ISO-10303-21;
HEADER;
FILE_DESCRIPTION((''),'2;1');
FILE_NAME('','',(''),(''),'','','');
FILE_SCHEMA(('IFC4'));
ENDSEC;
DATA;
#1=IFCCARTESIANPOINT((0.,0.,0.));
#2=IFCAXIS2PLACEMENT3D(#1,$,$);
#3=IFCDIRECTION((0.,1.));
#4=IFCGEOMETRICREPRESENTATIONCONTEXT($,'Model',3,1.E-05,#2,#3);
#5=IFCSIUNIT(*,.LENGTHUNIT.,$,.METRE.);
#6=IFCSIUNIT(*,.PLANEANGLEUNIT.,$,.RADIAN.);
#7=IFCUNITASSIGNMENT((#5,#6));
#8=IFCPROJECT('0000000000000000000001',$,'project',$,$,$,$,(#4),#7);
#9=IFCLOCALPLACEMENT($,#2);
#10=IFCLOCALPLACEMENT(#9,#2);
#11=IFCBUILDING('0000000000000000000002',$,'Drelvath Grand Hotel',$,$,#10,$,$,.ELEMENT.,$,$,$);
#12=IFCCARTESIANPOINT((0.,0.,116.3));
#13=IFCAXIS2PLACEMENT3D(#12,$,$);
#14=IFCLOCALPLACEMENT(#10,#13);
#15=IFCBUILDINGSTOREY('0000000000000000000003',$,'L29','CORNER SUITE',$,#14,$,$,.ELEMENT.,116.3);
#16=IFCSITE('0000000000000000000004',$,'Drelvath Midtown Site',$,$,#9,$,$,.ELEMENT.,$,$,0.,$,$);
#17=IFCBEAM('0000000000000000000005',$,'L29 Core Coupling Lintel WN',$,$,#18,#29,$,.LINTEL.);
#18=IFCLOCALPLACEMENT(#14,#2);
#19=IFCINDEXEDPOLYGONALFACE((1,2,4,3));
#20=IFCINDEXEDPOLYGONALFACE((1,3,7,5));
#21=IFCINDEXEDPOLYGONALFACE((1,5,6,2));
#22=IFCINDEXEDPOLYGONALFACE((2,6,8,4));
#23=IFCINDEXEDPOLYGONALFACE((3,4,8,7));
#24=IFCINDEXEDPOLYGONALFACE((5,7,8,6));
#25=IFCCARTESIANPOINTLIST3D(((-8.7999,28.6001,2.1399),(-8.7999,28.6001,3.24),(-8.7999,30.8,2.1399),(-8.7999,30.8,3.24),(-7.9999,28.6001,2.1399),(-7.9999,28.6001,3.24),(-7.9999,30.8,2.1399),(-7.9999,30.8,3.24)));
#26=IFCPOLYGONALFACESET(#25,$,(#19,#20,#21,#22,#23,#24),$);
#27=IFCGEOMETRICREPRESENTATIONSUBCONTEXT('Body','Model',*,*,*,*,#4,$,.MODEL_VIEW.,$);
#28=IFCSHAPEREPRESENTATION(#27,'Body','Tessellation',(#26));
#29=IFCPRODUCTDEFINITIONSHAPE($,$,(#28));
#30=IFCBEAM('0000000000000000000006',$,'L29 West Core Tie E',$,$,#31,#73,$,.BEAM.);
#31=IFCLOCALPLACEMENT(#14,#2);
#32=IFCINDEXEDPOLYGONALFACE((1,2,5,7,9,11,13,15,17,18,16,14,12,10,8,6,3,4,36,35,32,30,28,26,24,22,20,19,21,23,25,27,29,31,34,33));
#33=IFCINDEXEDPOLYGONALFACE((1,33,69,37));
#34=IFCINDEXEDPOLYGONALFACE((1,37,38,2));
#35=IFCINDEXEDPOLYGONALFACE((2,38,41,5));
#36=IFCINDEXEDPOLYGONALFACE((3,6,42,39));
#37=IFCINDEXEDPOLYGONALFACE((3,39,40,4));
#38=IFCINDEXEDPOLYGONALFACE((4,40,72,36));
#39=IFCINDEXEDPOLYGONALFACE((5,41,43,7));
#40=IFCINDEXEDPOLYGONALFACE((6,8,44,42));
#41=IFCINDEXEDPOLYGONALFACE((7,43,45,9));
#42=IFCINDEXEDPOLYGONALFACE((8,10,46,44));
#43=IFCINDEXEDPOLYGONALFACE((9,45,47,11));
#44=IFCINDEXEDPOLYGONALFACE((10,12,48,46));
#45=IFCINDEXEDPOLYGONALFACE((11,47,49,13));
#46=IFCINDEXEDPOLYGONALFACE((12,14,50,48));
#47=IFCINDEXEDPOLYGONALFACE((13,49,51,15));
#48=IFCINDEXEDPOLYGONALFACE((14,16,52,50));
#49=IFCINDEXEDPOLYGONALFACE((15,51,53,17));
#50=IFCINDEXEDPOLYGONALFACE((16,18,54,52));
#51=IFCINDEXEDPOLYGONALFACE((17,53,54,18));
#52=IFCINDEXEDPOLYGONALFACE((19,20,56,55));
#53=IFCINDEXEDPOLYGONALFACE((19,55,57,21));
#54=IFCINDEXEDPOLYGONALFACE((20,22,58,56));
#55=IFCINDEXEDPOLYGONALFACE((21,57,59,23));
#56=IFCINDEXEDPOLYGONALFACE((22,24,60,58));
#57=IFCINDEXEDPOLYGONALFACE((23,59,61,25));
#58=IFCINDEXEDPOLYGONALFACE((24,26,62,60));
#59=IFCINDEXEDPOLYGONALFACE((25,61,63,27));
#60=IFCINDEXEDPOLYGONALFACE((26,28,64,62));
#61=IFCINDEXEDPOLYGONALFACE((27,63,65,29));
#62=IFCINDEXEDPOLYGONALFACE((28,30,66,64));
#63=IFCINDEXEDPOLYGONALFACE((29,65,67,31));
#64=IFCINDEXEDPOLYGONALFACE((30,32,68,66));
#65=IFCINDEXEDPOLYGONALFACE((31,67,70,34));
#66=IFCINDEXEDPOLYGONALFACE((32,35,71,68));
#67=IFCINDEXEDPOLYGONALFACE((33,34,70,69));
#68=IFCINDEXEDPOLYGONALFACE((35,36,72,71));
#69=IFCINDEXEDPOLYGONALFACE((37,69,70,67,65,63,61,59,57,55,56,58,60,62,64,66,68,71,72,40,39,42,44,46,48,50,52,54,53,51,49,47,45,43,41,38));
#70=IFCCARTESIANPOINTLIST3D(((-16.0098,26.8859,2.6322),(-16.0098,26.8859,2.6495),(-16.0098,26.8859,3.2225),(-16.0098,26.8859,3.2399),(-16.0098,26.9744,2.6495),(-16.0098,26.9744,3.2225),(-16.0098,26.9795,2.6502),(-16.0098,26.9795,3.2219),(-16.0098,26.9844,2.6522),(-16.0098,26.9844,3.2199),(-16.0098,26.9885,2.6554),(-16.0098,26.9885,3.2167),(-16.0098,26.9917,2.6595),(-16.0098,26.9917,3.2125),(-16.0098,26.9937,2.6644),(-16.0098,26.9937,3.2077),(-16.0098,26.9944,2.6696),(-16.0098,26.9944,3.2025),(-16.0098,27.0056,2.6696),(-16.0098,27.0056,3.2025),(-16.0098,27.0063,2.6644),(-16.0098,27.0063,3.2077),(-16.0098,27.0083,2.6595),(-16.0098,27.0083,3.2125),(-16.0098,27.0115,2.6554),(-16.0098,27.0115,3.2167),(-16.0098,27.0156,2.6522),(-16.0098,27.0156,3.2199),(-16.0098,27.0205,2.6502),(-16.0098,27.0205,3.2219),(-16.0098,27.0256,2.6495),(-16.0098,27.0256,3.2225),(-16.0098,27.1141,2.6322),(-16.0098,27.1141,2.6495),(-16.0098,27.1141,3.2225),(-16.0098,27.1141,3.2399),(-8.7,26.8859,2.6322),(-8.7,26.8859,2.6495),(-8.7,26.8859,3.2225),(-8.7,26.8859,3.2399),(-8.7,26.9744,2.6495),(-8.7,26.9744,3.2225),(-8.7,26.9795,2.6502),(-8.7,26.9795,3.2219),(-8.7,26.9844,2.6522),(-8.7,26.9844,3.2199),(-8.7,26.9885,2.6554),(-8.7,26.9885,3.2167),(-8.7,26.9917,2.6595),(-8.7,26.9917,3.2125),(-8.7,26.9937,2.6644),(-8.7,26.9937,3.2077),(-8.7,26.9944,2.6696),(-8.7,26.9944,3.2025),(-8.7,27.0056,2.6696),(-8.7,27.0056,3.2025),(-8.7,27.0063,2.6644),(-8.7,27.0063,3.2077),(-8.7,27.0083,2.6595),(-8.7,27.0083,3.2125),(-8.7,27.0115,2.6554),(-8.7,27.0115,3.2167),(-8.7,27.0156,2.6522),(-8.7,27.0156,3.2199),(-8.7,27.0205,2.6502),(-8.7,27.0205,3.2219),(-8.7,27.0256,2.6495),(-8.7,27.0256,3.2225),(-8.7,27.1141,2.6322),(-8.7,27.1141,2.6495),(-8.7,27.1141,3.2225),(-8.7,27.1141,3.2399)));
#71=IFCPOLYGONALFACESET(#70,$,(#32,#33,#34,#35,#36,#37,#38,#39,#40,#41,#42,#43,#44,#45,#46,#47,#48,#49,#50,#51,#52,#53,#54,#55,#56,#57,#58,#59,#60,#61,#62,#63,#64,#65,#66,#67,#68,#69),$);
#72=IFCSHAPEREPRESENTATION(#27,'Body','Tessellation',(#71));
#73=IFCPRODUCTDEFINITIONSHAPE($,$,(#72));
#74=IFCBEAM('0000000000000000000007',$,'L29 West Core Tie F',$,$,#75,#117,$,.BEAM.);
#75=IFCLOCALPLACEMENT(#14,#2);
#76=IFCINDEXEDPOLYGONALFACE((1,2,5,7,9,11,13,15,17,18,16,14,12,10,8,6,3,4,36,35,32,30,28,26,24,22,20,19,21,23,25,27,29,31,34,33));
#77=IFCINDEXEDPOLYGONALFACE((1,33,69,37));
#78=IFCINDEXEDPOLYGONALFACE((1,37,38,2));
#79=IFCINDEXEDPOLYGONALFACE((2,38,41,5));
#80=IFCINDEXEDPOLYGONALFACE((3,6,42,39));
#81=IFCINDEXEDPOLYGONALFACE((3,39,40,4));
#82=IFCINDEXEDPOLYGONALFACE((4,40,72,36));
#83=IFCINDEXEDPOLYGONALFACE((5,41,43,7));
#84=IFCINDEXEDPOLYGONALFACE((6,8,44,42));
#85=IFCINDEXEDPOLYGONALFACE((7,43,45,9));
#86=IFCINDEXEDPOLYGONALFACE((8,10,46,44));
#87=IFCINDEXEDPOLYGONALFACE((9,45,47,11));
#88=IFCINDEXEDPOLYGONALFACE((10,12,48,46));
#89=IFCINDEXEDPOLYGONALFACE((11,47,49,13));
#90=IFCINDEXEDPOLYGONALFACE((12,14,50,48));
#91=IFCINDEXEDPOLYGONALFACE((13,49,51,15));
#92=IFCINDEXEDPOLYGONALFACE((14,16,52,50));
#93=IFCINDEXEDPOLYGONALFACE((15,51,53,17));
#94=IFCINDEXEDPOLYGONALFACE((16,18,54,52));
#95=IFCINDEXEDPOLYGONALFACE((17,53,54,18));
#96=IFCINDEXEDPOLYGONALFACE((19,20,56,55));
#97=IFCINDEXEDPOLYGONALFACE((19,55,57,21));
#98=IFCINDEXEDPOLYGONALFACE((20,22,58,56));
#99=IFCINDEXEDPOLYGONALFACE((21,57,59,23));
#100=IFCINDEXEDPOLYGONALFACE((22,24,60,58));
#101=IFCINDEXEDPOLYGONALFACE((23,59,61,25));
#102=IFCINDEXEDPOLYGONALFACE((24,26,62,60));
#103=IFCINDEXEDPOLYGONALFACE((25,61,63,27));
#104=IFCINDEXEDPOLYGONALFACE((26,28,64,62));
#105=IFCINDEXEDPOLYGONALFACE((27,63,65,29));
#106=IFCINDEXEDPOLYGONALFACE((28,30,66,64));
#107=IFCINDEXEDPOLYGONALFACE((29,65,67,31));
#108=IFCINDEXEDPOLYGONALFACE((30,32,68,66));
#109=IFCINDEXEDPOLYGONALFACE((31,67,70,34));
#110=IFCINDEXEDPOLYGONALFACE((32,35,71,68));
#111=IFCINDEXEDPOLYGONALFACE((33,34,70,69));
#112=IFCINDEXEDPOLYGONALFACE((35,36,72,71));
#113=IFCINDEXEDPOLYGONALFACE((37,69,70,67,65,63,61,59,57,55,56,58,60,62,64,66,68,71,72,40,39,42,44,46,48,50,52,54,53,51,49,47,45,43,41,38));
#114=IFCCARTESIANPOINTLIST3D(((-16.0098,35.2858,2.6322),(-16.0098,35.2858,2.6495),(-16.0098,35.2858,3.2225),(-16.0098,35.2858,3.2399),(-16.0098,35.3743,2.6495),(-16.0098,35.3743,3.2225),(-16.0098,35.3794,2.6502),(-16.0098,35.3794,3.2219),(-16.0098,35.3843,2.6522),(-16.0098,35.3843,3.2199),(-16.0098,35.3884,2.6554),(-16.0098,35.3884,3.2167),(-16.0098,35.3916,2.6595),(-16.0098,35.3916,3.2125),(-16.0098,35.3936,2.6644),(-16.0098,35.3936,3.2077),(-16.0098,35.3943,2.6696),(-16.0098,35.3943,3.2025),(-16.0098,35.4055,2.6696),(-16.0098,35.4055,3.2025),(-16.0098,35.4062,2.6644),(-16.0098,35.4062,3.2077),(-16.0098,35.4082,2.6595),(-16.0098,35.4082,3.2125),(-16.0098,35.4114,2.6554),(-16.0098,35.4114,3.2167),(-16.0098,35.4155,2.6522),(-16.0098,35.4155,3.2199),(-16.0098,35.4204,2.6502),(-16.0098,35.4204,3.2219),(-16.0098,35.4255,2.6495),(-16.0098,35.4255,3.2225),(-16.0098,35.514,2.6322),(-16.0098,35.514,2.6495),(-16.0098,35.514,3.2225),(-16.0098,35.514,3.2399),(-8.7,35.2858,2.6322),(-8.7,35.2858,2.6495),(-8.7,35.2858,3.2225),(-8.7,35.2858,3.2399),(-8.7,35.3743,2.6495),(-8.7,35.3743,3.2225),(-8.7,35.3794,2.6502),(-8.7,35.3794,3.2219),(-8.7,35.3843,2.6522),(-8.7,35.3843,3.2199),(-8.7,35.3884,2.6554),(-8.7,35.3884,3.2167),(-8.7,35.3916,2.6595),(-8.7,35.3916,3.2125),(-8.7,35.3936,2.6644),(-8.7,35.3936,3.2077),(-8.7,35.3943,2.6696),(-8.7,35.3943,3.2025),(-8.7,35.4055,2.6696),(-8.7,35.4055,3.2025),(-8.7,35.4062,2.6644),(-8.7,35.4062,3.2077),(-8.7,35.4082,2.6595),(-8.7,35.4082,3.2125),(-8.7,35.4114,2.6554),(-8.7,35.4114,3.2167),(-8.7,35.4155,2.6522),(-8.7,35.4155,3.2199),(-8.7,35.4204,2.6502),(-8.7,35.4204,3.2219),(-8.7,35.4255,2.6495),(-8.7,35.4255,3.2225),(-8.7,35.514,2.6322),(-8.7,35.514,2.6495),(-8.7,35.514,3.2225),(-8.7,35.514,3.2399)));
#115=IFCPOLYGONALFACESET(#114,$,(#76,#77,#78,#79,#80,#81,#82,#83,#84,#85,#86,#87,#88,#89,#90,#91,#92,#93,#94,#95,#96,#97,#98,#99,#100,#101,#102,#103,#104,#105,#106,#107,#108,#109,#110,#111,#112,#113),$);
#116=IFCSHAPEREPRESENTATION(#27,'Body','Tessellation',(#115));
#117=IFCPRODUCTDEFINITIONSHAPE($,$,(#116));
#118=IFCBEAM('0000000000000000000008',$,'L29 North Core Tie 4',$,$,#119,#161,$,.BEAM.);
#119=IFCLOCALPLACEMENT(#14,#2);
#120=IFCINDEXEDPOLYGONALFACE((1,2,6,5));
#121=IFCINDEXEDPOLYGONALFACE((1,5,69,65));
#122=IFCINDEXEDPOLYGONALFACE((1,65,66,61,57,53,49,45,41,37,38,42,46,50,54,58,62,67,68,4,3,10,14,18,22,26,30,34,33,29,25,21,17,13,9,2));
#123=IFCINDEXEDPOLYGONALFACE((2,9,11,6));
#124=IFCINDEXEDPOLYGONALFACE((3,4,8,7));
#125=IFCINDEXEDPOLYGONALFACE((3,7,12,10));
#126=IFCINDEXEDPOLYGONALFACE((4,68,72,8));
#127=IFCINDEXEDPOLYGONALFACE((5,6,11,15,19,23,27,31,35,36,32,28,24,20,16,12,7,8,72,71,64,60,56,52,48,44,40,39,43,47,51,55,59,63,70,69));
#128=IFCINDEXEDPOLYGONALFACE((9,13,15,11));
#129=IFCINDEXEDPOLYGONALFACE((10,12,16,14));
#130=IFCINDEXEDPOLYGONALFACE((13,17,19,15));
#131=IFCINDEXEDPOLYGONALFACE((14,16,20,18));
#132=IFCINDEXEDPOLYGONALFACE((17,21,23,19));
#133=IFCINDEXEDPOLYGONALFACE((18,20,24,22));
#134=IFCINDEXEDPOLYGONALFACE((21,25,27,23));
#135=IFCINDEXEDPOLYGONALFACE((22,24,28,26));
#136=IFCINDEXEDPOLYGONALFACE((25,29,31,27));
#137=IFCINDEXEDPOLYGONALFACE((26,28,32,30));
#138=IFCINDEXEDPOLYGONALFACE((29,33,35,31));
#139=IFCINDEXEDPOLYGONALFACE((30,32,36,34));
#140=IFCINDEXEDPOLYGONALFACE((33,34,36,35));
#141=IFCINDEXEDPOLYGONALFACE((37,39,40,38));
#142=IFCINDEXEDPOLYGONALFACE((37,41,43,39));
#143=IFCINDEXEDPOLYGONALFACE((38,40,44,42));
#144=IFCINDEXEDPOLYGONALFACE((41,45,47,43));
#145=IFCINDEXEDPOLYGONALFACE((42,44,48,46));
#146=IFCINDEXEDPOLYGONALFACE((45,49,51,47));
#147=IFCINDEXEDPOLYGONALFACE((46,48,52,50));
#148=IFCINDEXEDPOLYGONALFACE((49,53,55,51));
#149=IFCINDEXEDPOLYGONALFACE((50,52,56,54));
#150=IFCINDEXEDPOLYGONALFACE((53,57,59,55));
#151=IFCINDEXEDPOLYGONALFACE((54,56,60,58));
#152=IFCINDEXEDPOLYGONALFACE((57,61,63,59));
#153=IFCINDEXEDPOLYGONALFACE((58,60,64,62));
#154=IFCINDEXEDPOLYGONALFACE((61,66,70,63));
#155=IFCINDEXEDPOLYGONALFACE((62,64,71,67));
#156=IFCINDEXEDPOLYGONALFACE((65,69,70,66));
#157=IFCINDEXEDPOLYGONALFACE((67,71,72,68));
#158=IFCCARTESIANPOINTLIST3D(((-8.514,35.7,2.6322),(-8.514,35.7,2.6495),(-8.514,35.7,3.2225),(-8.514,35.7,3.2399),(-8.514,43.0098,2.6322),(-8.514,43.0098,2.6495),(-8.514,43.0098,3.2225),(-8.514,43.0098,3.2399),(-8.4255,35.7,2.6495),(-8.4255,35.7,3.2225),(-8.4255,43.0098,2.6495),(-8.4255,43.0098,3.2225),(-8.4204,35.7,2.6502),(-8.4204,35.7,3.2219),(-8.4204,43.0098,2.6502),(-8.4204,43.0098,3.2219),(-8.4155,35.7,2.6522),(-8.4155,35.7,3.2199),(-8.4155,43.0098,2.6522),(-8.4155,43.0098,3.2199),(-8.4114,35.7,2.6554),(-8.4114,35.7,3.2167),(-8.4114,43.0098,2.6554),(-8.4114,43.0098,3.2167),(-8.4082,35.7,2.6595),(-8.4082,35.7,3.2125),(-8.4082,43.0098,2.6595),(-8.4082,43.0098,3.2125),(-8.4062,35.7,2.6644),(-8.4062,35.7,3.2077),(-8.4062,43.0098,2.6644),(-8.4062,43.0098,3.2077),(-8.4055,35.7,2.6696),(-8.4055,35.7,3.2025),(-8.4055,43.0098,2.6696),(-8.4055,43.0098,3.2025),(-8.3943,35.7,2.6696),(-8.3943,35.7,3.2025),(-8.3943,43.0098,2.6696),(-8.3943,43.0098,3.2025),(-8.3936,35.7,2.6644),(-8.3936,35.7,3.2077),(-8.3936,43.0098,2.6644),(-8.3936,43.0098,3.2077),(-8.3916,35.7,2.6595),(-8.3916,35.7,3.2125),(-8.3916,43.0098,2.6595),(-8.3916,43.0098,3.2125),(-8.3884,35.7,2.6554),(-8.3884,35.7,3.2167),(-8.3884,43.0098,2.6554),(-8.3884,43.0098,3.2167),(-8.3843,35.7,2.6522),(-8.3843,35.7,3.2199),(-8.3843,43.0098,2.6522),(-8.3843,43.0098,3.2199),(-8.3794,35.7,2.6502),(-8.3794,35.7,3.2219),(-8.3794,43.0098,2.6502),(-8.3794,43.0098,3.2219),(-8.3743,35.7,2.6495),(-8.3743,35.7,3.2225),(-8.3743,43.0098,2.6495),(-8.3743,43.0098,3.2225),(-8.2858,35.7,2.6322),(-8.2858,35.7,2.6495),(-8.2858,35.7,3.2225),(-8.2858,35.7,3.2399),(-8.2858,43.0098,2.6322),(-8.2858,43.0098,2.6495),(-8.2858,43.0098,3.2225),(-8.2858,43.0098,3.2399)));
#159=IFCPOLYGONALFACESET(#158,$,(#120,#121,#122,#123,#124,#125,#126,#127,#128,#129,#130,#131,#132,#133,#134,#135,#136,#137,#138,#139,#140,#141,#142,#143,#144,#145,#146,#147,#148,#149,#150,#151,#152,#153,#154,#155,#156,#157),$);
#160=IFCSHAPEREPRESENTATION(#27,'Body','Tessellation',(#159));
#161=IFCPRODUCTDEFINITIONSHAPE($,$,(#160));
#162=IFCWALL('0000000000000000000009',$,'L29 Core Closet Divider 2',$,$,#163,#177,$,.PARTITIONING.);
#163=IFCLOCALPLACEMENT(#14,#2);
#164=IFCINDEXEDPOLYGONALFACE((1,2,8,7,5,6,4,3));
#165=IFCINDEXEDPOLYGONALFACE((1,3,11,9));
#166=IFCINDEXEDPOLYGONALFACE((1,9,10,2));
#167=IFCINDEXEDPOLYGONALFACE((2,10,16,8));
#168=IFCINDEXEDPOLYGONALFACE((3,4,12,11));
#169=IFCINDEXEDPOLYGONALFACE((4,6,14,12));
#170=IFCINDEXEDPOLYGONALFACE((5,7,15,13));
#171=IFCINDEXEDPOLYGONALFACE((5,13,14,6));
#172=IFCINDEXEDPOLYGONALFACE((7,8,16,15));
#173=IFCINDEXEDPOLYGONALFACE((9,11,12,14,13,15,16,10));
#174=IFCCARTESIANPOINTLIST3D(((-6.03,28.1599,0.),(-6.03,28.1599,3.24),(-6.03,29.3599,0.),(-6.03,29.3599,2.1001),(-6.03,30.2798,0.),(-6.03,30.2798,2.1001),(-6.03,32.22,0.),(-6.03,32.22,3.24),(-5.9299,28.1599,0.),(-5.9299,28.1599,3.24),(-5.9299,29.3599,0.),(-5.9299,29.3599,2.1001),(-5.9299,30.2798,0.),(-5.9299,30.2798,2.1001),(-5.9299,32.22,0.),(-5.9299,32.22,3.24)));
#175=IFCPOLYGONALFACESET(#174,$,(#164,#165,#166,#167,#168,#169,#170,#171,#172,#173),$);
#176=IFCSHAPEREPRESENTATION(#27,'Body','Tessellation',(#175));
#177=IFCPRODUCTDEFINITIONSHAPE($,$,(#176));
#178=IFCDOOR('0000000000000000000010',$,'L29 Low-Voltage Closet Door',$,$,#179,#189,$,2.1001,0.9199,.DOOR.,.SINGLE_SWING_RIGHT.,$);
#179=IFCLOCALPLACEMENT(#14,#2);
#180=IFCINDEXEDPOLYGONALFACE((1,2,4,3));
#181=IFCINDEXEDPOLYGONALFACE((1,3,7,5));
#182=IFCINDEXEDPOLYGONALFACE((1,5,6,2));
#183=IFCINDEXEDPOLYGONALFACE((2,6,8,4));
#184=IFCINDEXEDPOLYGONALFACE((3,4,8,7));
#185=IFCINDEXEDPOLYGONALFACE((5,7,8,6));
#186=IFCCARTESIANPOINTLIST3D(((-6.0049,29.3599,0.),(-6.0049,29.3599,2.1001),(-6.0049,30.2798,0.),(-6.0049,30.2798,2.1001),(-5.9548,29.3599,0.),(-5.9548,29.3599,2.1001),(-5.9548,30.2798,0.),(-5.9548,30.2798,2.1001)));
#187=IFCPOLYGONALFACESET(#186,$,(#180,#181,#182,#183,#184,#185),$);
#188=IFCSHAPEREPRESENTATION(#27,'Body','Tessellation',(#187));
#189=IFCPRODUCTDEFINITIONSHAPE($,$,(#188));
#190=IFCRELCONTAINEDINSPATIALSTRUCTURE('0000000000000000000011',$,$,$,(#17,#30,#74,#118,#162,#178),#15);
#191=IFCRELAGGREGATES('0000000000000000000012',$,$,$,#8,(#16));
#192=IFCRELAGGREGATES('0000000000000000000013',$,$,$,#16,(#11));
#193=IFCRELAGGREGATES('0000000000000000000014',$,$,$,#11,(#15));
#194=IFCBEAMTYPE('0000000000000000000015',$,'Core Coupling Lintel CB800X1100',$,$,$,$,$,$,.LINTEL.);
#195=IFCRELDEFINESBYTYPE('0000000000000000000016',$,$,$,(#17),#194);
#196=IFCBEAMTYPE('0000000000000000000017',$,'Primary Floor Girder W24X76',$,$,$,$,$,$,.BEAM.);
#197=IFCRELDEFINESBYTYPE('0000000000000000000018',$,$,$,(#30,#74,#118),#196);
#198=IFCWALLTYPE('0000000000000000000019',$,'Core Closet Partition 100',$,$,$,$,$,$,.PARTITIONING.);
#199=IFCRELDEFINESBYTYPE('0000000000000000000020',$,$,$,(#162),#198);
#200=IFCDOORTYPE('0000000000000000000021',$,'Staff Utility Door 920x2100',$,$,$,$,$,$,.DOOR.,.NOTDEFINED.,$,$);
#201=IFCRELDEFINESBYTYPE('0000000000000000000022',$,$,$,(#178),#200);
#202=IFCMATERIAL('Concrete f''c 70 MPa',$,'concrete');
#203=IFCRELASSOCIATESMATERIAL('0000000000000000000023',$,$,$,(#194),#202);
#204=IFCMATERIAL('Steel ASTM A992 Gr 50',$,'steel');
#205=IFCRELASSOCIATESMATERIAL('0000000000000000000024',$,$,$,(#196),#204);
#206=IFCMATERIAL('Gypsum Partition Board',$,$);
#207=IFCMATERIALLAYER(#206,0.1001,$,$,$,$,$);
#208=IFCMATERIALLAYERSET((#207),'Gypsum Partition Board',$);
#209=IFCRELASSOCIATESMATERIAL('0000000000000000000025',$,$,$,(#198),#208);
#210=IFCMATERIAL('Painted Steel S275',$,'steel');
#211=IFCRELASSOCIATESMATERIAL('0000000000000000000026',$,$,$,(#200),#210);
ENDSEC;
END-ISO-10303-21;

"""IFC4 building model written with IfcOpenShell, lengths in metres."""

from ifc_helpers import new_model, si_unit, direction, frame, frame_2d, origin, origin_2d, place, context, subcontext, project, spatial, rectangle, i_section, extrude, material, layer, layer_set, material_profile, profile_set, type_object, element, fill, save


model = new_model("IFC4")

# Units and contexts
model_context = context("Model", 3, precision=1e-05, world=origin(), true_north=direction((0.0, 1.0)))
body_context = subcontext(model_context, "Body", "Model", "MODEL_VIEW")
ifc_project = project(units=[si_unit("LENGTHUNIT", "METRE"), si_unit("PLANEANGLEUNIT", "RADIAN")], contexts=[model_context])

# Site, building, storey
site_placement = place(None, origin())
site = spatial("IfcSite", under=ifc_project, at=site_placement, Name="Drelvath Midtown Site", CompositionType="ELEMENT", RefElevation=0.0)
building_placement = place(site_placement, origin())
building = spatial("IfcBuilding", under=site, at=building_placement, Name="Drelvath Grand Hotel", CompositionType="ELEMENT")
storey_placement = place(building_placement, frame((0.0, 0.0, 116.3)))
storey = spatial("IfcBuildingStorey", under=building, at=storey_placement, Name="L29", Description="CORNER SUITE", CompositionType="ELEMENT", Elevation=116.3)

# Beams
ifc_material_1 = material(Name="Concrete f'c 70 MPa", Category="concrete")
ifc_material_profile_1 = material_profile(ifc_material_1, rectangle(XDim=0.8, YDim=1.1001, at=origin_2d()), Name="CB800X1100")
ifc_profile_set_1 = profile_set([ifc_material_profile_1], Name="Concrete f'c 70 MPa")
beam_type_1 = type_object("IfcBeamType", Name="Core Coupling Lintel CB800X1100", PredefinedType="LINTEL", material=ifc_profile_set_1)
beam_placement = place(storey_placement, frame((-8.3999, 28.6001, 2.6899), z_axis=(0.0, 1.0, 0.0), x_axis=(-1.0, 0.0, 0.0)))
element("IfcBeam", 1, at=beam_placement, inside=storey, type_object=beam_type_1, Name="L29 Core Coupling Lintel WN", PredefinedType="LINTEL", context=body_context, shape_type="SweptSolid", body=[
    extrude(rectangle(XDim=0.8, YDim=1.1001, at=origin_2d()), origin(), (0.0, 0.0, 1.0), 2.2),
])
ifc_material_2 = material(Name="Steel ASTM A992 Gr 50", Category="steel")
ifc_material_profile_2 = material_profile(ifc_material_2, i_section(OverallWidth=0.2283, OverallDepth=0.6077, WebThickness=0.0112, FlangeThickness=0.0173, FilletRadius=0.02, at=origin_2d()), Name="W24X76")
ifc_profile_set_2 = profile_set([ifc_material_profile_2], Name="Steel ASTM A992 Gr 50")
beam_type_2 = type_object("IfcBeamType", Name="Primary Floor Girder W24X76", PredefinedType="BEAM", material=ifc_profile_set_2)
for number, where, z_axis, x_axis, name in (
    (2, (-16.0098, 27.0, 2.936), (1.0, 0.0, 0.0), (0.0, 1.0, 0.0), "L29 West Core Tie E"),
    (3, (-16.0098, 35.3999, 2.936), (1.0, 0.0, 0.0), (0.0, 1.0, 0.0), "L29 West Core Tie F"),
    (4, (-8.3999, 35.7, 2.936), (0.0, 1.0, 0.0), (-1.0, 0.0, 0.0), "L29 North Core Tie 4"),
):
    element("IfcBeam", number, at=place(storey_placement, frame(where, z_axis=z_axis, x_axis=x_axis)), inside=storey, type_object=beam_type_2, Name=name, PredefinedType="BEAM", context=body_context, shape_type="SweptSolid", body=[
        extrude(i_section(OverallWidth=0.2283, OverallDepth=0.6077, WebThickness=0.0112, FlangeThickness=0.0173, FilletRadius=0.02, at=origin_2d()), origin(), (0.0, 0.0, 1.0), 7.3098),
    ])

# Wall, opening, door
ifc_material_3 = material(Name="Gypsum Partition Board")
ifc_layer_1 = layer(ifc_material_3, 0.1001)
ifc_layer_set_1 = layer_set([ifc_layer_1], Name="Gypsum Partition Board")
wall_type_1 = type_object("IfcWallType", Name="Core Closet Partition 100", PredefinedType="PARTITIONING", material=ifc_layer_set_1)
wall_1_placement = place(storey_placement, frame((-5.98, 28.1599, 0.0), z_axis=(0.0, 0.0, 1.0), x_axis=(0.0, 1.0, 0.0)))
wall_1 = element("IfcWall", 5, at=wall_1_placement, inside=storey, type_object=wall_type_1, Name="L29 Core Closet Divider 2", PredefinedType="PARTITIONING", context=body_context, shape_type="SweptSolid", body=[
    extrude(rectangle(XDim=4.0601, YDim=0.1001, at=frame_2d((2.03, 0.0))), origin(), (0.0, 0.0, 1.0), 3.24),
])
opening_1_placement = place(wall_1_placement, frame((1.2, 0.0, 0.0)))
opening_1 = element("IfcOpeningElement", 6, at=opening_1_placement, cuts=wall_1, PredefinedType="OPENING", context=body_context, shape_type="SweptSolid", body=[
    extrude(rectangle(XDim=0.9199, YDim=2.1001, at=frame_2d((0.46, 1.05))), frame((0.0, 0.0601, 0.0), z_axis=(0.0, -1.0, 0.0), x_axis=(1.0, 0.0, 0.0)), (0.0, 0.0, 1.0), 0.1201),
])
ifc_material_4 = material(Name="Painted Steel S275", Category="steel")
door_type_1 = type_object("IfcDoorType", Name="Staff Utility Door 920x2100", OperationType="NOTDEFINED", PredefinedType="DOOR", material=ifc_material_4)
door_1_placement = place(opening_1_placement, origin())
door_1 = element("IfcDoor", 7, at=door_1_placement, inside=storey, type_object=door_type_1, Name="L29 Low-Voltage Closet Door", OperationType="SINGLE_SWING_RIGHT", OverallHeight=2.1001, OverallWidth=0.9199, PredefinedType="DOOR", context=body_context, shape_type="SweptSolid", body=[
    extrude(rectangle(XDim=0.9199, YDim=2.1001, at=frame_2d((0.46, 1.05))), frame((0.0, 0.0249, 0.0), z_axis=(0.0, -1.0, 0.0), x_axis=(1.0, 0.0, 0.0)), (0.0, 0.0, 1.0), 0.05),
])
fill(opening_1, door_1)

save(model, "model.ifc")
